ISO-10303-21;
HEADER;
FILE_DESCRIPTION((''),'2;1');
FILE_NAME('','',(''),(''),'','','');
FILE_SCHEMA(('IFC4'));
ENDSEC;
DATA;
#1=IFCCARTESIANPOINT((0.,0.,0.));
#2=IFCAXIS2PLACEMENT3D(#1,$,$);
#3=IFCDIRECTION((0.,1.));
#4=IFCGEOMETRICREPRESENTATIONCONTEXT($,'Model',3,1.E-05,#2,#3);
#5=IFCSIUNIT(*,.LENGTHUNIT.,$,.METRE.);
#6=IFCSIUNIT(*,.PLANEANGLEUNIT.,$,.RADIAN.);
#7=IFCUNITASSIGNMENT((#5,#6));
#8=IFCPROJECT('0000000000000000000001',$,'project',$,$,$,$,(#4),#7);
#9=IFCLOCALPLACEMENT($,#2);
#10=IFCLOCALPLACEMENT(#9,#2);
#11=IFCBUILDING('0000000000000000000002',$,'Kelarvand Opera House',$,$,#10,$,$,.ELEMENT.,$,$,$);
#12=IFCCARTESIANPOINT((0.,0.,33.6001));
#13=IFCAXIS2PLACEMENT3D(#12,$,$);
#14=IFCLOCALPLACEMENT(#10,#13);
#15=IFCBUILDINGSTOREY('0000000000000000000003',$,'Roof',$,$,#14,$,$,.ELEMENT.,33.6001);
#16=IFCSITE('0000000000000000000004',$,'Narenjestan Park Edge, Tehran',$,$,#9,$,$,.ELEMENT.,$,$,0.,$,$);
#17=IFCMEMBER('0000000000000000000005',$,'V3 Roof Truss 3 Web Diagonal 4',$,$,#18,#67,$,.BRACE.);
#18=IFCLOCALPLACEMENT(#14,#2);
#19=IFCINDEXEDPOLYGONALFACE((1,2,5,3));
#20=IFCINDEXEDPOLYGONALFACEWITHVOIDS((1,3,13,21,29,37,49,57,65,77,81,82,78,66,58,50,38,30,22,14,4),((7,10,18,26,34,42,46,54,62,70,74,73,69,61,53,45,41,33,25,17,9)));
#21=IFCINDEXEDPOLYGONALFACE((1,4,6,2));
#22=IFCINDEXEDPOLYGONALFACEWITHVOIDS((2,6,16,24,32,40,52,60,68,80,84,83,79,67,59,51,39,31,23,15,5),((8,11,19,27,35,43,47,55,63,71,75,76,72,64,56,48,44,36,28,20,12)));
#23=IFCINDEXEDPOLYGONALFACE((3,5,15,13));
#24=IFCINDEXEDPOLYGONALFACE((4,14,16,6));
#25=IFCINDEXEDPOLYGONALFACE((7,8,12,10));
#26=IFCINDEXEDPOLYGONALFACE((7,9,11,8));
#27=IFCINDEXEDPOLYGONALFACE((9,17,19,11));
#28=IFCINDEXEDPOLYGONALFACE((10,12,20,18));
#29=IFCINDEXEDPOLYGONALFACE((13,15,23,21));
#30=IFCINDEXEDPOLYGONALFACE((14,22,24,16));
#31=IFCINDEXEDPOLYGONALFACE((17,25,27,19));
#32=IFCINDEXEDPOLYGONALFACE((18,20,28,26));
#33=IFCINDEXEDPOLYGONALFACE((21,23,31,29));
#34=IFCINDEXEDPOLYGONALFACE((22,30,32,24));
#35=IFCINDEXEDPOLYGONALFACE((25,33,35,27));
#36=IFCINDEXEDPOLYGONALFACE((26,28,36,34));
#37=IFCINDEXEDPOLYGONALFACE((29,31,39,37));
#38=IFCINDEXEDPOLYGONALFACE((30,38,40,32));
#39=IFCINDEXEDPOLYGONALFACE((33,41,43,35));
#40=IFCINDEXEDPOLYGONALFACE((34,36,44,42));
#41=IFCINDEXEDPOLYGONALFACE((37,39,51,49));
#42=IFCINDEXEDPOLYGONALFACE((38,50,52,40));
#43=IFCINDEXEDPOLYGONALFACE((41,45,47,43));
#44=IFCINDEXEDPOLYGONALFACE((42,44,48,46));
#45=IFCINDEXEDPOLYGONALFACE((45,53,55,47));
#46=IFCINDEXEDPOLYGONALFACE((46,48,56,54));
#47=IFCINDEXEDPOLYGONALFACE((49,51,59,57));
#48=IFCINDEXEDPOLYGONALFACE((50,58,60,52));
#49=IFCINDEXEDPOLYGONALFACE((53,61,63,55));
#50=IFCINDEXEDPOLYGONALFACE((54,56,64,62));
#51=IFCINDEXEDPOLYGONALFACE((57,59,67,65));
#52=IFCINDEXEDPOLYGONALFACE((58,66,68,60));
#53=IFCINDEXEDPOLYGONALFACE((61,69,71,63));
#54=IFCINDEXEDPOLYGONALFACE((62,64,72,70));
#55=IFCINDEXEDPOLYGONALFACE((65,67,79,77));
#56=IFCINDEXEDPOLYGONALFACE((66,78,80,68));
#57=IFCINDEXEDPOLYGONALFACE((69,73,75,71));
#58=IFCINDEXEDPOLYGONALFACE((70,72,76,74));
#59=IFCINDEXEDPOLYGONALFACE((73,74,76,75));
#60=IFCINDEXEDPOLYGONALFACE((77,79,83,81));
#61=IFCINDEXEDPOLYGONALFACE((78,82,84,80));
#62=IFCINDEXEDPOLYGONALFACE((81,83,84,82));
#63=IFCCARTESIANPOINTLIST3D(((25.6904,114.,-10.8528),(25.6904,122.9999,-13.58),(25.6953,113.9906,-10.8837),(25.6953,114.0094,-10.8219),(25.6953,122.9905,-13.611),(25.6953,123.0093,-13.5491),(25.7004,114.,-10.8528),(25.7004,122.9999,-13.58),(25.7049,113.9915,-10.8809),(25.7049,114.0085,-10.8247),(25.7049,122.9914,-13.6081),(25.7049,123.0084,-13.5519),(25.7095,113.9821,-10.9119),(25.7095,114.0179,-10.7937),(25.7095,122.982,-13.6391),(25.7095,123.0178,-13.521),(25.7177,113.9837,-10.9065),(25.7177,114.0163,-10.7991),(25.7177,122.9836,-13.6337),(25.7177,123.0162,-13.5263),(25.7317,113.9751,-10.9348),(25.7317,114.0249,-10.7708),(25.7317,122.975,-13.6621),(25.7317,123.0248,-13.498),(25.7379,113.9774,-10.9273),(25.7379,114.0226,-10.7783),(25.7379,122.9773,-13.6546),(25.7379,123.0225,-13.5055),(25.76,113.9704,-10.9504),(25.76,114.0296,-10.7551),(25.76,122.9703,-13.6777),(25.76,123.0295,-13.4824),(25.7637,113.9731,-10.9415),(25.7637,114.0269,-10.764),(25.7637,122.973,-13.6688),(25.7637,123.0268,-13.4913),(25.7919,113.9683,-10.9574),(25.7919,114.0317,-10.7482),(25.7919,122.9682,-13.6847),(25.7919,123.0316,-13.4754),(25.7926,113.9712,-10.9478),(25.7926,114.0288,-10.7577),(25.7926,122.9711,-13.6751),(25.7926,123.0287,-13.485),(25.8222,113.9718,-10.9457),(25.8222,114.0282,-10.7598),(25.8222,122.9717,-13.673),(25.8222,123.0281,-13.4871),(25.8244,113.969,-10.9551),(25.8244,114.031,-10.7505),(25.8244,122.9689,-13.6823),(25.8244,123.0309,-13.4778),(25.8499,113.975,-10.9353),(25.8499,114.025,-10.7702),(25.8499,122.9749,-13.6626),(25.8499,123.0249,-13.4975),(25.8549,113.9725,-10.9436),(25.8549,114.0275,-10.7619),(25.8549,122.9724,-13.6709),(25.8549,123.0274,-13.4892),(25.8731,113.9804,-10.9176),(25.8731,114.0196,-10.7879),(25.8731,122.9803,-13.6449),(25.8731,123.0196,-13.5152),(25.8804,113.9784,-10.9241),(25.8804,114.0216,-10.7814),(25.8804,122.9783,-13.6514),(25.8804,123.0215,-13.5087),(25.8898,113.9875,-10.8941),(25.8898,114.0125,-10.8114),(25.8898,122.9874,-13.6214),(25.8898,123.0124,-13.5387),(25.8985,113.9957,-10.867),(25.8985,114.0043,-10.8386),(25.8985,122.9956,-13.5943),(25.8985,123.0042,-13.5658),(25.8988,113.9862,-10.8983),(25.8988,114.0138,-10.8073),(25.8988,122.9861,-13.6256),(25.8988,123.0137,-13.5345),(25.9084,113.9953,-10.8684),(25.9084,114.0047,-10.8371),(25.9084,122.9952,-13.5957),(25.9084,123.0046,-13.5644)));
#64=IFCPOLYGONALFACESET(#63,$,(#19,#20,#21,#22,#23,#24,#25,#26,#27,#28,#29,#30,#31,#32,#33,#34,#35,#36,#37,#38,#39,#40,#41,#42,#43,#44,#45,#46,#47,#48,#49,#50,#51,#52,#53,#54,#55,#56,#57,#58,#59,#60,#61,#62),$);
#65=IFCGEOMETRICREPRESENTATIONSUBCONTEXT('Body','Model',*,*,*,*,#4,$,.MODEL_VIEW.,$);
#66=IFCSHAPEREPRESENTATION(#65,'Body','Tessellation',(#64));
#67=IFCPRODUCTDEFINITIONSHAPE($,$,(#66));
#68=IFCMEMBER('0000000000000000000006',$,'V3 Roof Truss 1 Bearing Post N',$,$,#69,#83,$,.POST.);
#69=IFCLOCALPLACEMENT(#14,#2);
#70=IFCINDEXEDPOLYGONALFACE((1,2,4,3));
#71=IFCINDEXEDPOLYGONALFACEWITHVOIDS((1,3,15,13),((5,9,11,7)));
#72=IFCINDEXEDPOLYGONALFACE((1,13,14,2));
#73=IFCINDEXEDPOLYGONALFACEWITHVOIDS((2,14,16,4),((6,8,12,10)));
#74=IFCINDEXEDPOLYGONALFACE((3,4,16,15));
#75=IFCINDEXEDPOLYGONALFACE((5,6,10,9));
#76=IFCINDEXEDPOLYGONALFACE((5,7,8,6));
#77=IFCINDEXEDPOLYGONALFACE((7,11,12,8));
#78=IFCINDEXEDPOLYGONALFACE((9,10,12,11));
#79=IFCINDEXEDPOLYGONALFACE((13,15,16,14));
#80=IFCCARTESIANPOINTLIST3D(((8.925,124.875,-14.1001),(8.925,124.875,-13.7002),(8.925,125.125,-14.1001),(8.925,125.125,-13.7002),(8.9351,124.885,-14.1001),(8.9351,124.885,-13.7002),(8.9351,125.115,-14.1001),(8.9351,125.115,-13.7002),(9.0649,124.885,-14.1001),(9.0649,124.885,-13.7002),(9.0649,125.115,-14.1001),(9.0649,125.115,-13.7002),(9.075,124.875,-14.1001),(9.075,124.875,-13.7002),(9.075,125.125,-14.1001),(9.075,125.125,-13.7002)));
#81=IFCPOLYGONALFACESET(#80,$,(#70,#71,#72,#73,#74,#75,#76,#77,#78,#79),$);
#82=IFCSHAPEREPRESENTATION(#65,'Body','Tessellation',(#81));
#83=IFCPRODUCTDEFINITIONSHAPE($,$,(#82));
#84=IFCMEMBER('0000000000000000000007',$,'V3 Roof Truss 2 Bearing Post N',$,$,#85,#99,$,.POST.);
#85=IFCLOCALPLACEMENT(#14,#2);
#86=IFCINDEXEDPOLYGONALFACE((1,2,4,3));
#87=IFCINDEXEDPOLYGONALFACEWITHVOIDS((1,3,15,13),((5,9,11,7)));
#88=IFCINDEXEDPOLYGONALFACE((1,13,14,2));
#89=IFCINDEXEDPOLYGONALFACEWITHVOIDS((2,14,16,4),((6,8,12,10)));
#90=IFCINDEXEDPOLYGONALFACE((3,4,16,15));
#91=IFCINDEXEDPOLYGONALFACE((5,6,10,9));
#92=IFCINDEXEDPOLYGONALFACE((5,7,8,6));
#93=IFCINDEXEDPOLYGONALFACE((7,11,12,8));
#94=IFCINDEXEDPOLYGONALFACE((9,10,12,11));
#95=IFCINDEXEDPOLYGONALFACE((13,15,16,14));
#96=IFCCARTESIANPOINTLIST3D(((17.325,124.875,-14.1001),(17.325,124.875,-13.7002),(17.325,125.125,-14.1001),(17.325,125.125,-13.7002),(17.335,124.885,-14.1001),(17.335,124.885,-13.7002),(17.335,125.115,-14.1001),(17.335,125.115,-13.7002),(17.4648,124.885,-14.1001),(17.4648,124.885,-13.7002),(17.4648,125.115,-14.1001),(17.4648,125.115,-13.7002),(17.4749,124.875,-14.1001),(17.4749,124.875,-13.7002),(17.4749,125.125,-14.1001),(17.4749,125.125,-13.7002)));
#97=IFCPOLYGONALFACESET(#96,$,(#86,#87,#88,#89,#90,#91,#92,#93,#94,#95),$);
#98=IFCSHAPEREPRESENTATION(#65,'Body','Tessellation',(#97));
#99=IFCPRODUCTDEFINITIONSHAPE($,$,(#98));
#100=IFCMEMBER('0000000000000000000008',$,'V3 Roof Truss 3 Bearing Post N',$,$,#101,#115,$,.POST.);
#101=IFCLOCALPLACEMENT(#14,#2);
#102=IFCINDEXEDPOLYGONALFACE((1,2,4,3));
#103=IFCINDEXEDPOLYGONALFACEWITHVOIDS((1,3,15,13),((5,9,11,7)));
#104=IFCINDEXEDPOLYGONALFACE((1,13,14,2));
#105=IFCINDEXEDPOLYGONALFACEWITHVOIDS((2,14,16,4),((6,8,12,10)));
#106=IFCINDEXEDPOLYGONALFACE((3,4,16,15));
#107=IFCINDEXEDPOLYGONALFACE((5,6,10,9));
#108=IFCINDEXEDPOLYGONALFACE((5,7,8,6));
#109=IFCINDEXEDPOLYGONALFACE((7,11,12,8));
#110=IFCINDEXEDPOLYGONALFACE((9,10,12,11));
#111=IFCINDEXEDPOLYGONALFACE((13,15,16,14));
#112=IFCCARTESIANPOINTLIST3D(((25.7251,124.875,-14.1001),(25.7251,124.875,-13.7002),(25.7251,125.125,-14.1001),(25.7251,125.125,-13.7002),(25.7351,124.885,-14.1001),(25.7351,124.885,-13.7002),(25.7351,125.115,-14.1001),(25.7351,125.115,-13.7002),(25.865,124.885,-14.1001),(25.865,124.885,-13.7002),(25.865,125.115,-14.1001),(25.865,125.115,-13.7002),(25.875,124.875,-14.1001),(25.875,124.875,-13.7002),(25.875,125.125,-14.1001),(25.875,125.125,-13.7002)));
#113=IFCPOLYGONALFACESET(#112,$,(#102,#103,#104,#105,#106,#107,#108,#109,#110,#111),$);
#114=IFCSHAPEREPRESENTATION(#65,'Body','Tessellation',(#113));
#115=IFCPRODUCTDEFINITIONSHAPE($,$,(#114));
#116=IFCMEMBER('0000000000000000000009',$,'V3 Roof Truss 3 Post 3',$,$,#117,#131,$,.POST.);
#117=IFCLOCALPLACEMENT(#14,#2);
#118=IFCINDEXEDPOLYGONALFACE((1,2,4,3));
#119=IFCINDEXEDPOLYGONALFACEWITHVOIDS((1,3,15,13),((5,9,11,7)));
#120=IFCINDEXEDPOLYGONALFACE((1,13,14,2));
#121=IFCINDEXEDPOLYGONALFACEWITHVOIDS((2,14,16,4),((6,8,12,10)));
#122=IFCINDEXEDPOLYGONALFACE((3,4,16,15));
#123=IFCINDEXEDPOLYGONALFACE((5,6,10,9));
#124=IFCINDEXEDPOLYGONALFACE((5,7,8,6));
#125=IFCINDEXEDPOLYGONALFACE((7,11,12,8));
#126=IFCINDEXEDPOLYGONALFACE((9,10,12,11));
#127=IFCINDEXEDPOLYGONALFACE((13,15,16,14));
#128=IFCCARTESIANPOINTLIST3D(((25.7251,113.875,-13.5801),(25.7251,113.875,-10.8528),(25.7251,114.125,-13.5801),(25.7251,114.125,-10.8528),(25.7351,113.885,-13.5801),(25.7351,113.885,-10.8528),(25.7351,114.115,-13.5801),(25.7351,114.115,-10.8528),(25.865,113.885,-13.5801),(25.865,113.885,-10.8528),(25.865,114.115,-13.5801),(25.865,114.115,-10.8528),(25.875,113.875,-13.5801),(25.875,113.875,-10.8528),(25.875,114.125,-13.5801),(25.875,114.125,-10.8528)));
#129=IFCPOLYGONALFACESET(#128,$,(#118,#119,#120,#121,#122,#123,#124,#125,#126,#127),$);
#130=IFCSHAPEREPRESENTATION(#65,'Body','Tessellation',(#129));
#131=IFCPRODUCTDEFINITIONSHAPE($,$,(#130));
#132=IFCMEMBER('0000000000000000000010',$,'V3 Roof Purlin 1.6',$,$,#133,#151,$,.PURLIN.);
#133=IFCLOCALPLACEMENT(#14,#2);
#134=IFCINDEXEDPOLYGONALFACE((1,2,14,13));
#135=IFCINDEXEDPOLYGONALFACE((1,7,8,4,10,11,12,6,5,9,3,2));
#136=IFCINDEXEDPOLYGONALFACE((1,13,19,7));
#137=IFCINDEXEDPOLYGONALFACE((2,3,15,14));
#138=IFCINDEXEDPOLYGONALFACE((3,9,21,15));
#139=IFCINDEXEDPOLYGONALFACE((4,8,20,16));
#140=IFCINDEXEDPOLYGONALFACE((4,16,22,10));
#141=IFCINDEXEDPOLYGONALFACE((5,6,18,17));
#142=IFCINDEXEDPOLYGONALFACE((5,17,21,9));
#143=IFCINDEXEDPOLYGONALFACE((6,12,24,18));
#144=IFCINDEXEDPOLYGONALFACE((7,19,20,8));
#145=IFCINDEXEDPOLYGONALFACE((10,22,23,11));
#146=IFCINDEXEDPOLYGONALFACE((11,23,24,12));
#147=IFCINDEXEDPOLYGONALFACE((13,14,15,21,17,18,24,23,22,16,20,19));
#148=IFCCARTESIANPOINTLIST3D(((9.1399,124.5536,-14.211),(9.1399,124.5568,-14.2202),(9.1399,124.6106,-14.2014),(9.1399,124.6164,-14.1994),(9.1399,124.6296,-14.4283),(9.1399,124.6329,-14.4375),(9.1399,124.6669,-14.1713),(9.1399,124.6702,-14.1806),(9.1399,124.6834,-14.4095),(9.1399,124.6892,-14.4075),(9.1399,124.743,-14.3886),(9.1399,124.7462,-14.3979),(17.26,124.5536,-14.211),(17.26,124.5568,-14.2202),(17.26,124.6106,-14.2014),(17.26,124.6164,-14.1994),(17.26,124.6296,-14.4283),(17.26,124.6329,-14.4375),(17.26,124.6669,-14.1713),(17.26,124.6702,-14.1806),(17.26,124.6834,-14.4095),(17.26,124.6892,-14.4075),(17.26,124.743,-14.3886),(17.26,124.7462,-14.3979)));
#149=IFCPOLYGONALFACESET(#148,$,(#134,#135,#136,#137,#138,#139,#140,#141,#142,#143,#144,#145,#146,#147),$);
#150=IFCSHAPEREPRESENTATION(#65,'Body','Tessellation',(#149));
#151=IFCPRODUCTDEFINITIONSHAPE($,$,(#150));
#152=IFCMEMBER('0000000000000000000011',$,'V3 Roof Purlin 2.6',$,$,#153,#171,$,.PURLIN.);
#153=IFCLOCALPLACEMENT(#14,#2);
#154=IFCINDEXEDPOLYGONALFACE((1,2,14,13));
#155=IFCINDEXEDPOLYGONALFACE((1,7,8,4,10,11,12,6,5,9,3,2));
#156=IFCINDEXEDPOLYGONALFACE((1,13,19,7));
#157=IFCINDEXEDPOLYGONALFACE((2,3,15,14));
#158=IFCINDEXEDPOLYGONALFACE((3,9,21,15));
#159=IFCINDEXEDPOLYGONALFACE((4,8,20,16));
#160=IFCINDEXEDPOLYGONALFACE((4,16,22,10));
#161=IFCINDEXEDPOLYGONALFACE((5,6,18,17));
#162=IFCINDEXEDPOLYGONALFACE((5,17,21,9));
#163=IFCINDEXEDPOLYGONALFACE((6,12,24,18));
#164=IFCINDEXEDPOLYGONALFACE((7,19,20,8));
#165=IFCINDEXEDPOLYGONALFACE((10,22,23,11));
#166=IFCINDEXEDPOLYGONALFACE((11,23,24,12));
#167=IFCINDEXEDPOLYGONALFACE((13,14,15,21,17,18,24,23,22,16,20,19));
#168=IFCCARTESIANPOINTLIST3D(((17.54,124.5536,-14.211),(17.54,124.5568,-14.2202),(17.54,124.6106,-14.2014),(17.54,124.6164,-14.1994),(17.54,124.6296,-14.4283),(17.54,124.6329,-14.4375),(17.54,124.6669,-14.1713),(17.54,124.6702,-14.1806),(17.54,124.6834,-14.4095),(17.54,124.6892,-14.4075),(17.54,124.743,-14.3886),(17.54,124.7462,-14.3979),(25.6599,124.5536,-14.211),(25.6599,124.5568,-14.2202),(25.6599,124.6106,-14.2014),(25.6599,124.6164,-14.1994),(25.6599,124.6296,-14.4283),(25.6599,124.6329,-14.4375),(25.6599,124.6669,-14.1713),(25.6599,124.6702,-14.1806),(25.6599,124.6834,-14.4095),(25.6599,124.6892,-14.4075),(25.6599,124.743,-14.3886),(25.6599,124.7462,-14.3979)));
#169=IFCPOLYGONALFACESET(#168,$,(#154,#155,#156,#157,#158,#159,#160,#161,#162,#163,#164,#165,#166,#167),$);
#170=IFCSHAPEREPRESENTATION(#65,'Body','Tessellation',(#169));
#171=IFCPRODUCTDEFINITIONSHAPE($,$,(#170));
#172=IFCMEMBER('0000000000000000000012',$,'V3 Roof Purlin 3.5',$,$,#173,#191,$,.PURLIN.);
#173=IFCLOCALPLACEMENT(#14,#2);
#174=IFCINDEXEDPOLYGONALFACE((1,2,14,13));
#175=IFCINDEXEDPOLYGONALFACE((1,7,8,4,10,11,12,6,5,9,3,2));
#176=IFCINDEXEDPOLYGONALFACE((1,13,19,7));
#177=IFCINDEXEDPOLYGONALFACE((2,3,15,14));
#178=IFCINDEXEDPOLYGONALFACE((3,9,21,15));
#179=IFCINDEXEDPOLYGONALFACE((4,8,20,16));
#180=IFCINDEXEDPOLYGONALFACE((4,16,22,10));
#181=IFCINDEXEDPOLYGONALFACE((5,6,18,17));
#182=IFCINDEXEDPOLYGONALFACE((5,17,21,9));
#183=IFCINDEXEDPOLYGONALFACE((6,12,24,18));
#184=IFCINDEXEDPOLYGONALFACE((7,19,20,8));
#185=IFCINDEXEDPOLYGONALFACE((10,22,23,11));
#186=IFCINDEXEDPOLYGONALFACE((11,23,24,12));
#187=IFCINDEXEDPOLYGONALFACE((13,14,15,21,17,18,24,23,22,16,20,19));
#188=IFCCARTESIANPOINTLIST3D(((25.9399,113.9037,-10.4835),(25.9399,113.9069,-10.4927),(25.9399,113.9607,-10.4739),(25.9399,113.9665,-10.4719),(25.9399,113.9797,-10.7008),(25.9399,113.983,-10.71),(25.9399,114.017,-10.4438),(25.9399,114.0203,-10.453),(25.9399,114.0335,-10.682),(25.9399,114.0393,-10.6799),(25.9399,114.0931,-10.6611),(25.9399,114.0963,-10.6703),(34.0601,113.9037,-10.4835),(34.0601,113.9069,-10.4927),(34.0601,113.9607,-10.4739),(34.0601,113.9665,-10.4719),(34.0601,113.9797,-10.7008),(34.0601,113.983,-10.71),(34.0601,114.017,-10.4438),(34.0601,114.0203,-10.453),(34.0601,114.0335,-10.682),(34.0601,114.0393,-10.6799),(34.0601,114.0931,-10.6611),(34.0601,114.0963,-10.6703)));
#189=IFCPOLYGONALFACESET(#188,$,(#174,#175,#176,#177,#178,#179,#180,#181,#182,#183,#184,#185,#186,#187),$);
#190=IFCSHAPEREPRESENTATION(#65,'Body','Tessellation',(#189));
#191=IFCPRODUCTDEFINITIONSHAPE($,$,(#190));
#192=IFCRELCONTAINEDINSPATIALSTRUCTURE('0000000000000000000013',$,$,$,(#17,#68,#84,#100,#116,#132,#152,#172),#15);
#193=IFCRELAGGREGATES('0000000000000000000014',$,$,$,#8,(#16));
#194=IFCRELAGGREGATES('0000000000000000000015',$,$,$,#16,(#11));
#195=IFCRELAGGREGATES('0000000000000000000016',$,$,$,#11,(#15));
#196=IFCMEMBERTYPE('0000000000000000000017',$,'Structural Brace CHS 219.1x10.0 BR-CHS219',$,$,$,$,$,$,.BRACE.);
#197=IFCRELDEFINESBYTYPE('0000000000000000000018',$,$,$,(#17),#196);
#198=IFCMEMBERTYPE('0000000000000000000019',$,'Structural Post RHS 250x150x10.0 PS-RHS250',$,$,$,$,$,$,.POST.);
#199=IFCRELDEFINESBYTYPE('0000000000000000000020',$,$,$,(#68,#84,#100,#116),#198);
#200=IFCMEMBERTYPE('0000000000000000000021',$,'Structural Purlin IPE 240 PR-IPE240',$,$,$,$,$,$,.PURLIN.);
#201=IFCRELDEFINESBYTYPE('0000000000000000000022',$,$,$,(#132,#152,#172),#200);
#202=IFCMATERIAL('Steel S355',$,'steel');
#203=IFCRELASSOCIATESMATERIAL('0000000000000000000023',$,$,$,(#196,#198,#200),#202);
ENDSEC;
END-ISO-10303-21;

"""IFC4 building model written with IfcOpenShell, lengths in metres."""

from ifc_helpers import new_model, si_unit, direction, frame, origin, origin_2d, place, context, subcontext, project, spatial, hollow_rectangle, hollow_circle, i_section, extrude, material, material_profile, profile_set, type_object, element, save


model = new_model("IFC4")

# Units and contexts
model_context = context("Model", 3, precision=1e-05, world=origin(), true_north=direction((0.0, 1.0)))
body_context = subcontext(model_context, "Body", "Model", "MODEL_VIEW")
ifc_project = project(units=[si_unit("LENGTHUNIT", "METRE"), si_unit("PLANEANGLEUNIT", "RADIAN")], contexts=[model_context])

# Site, building, storey
site_placement = place(None, origin())
site = spatial("IfcSite", under=ifc_project, at=site_placement, Name="Narenjestan Park Edge, Tehran", CompositionType="ELEMENT", RefElevation=0.0)
building_placement = place(site_placement, origin())
building = spatial("IfcBuilding", under=site, at=building_placement, Name="Kelarvand Opera House", CompositionType="ELEMENT")
storey_placement = place(building_placement, frame((0.0, 0.0, 33.6001)))
storey = spatial("IfcBuildingStorey", under=building, at=storey_placement, Name="Roof", CompositionType="ELEMENT", Elevation=33.6001)

# Members
ifc_material = material(Name="Steel S355", Category="steel")
ifc_material_profile_1 = material_profile(ifc_material, hollow_circle(Radius=0.1096, WallThickness=0.01, at=origin_2d()), Name="CHS 219.1x10.0", Category="steel")
ifc_profile_set_1 = profile_set([ifc_material_profile_1], Name="Steel S355")
member_type_1 = type_object("IfcMemberType", Name="Structural Brace CHS 219.1x10.0 BR-CHS219", PredefinedType="BRACE", material=ifc_profile_set_1)
member_1_placement = place(storey_placement, frame((25.8, 114.0, -10.8528), z_axis=(0.0, 0.957024, -0.29001), x_axis=(-1.0, 0.0, 0.0)))
element("IfcMember", 1, at=member_1_placement, inside=storey, type_object=member_type_1, Name="V3 Roof Truss 3 Web Diagonal 4", PredefinedType="BRACE", context=body_context, shape_type="SweptSolid", body=[
    extrude(hollow_circle(Radius=0.1096, WallThickness=0.01, at=origin_2d()), origin(), (0.0, 0.0, 1.0), 9.4041),
])
ifc_material_profile_2 = material_profile(ifc_material, hollow_rectangle(XDim=0.1499, YDim=0.25, WallThickness=0.01, at=origin_2d()), Name="RHS 250x150x10.0", Category="steel")
ifc_profile_set_2 = profile_set([ifc_material_profile_2], Name="Steel S355")
member_type_2 = type_object("IfcMemberType", Name="Structural Post RHS 250x150x10.0 PS-RHS250", PredefinedType="POST", material=ifc_profile_set_2)
for number, where, z_axis, x_axis, name in (
    (2, (9.0, 125.0, -14.1001), (0.0, 0.0, 1.0), (1.0, 0.0, 0.0), "V3 Roof Truss 1 Bearing Post N"),
    (3, (17.3999, 125.0, -14.1001), (0.0, 0.0, 1.0), (1.0, 0.0, 0.0), "V3 Roof Truss 2 Bearing Post N"),
    (4, (25.8, 125.0, -14.1001), (0.0, 0.0, 1.0), (1.0, 0.0, 0.0), "V3 Roof Truss 3 Bearing Post N"),
):
    element("IfcMember", number, at=place(storey_placement, frame(where, z_axis=z_axis, x_axis=x_axis)), inside=storey, type_object=member_type_2, Name=name, PredefinedType="POST", context=body_context, shape_type="SweptSolid", body=[
        extrude(hollow_rectangle(XDim=0.1499, YDim=0.25, WallThickness=0.01, at=origin_2d()), origin(), (0.0, 0.0, 1.0), 0.3999),
    ])
member_2_placement = place(storey_placement, frame((25.8, 114.0, -13.5801), z_axis=(0.0, 0.0, 1.0), x_axis=(1.0, 0.0, 0.0)))
element("IfcMember", 5, at=member_2_placement, inside=storey, type_object=member_type_2, Name="V3 Roof Truss 3 Post 3", PredefinedType="POST", context=body_context, shape_type="SweptSolid", body=[
    extrude(hollow_rectangle(XDim=0.1499, YDim=0.25, WallThickness=0.01, at=origin_2d()), origin(), (0.0, 0.0, 1.0), 2.7273),
])
ifc_material_profile_3 = material_profile(ifc_material, i_section(OverallWidth=0.1201, OverallDepth=0.24, WebThickness=0.0061, FlangeThickness=0.0098, at=origin_2d()), Name="IPE 240", Category="steel")
ifc_profile_set_3 = profile_set([ifc_material_profile_3], Name="Steel S355")
member_type_3 = type_object("IfcMemberType", Name="Structural Purlin IPE 240 PR-IPE240", PredefinedType="PURLIN", material=ifc_profile_set_3)
member_3_placement = place(storey_placement, frame((9.1399, 124.6499, -14.3044), z_axis=(1.0, 0.0, 0.0), x_axis=(0.0, 0.943859, 0.33035)))
element("IfcMember", 6, at=member_3_placement, inside=storey, type_object=member_type_3, Name="V3 Roof Purlin 1.6", PredefinedType="PURLIN", context=body_context, shape_type="SweptSolid", body=[
    extrude(i_section(OverallWidth=0.1201, OverallDepth=0.24, WebThickness=0.0061, FlangeThickness=0.0098, at=origin_2d()), origin(), (0.0, 0.0, 1.0), 8.1201),
])
member_4_placement = place(storey_placement, frame((17.54, 124.6499, -14.3044), z_axis=(1.0, 0.0, 0.0), x_axis=(0.0, 0.943859, 0.33035)))
element("IfcMember", 7, at=member_4_placement, inside=storey, type_object=member_type_3, Name="V3 Roof Purlin 2.6", PredefinedType="PURLIN", context=body_context, shape_type="SweptSolid", body=[
    extrude(i_section(OverallWidth=0.1201, OverallDepth=0.24, WebThickness=0.0061, FlangeThickness=0.0098, at=origin_2d()), origin(), (0.0, 0.0, 1.0), 8.1199),
])
for number, where, z_axis, x_axis, name in (
    (8, (25.9399, 114.0, -10.5769), (1.0, 0.0, 0.0), (0.0, 0.943859, 0.33035), "V3 Roof Purlin 3.5"),
):
    element("IfcMember", number, at=place(storey_placement, frame(where, z_axis=z_axis, x_axis=x_axis)), inside=storey, type_object=member_type_3, Name=name, PredefinedType="PURLIN", context=body_context, shape_type="SweptSolid", body=[
        extrude(i_section(OverallWidth=0.1201, OverallDepth=0.24, WebThickness=0.0061, FlangeThickness=0.0098, at=origin_2d()), origin(), (0.0, 0.0, 1.0), 8.1201),
    ])

save(model, "model.ifc")
